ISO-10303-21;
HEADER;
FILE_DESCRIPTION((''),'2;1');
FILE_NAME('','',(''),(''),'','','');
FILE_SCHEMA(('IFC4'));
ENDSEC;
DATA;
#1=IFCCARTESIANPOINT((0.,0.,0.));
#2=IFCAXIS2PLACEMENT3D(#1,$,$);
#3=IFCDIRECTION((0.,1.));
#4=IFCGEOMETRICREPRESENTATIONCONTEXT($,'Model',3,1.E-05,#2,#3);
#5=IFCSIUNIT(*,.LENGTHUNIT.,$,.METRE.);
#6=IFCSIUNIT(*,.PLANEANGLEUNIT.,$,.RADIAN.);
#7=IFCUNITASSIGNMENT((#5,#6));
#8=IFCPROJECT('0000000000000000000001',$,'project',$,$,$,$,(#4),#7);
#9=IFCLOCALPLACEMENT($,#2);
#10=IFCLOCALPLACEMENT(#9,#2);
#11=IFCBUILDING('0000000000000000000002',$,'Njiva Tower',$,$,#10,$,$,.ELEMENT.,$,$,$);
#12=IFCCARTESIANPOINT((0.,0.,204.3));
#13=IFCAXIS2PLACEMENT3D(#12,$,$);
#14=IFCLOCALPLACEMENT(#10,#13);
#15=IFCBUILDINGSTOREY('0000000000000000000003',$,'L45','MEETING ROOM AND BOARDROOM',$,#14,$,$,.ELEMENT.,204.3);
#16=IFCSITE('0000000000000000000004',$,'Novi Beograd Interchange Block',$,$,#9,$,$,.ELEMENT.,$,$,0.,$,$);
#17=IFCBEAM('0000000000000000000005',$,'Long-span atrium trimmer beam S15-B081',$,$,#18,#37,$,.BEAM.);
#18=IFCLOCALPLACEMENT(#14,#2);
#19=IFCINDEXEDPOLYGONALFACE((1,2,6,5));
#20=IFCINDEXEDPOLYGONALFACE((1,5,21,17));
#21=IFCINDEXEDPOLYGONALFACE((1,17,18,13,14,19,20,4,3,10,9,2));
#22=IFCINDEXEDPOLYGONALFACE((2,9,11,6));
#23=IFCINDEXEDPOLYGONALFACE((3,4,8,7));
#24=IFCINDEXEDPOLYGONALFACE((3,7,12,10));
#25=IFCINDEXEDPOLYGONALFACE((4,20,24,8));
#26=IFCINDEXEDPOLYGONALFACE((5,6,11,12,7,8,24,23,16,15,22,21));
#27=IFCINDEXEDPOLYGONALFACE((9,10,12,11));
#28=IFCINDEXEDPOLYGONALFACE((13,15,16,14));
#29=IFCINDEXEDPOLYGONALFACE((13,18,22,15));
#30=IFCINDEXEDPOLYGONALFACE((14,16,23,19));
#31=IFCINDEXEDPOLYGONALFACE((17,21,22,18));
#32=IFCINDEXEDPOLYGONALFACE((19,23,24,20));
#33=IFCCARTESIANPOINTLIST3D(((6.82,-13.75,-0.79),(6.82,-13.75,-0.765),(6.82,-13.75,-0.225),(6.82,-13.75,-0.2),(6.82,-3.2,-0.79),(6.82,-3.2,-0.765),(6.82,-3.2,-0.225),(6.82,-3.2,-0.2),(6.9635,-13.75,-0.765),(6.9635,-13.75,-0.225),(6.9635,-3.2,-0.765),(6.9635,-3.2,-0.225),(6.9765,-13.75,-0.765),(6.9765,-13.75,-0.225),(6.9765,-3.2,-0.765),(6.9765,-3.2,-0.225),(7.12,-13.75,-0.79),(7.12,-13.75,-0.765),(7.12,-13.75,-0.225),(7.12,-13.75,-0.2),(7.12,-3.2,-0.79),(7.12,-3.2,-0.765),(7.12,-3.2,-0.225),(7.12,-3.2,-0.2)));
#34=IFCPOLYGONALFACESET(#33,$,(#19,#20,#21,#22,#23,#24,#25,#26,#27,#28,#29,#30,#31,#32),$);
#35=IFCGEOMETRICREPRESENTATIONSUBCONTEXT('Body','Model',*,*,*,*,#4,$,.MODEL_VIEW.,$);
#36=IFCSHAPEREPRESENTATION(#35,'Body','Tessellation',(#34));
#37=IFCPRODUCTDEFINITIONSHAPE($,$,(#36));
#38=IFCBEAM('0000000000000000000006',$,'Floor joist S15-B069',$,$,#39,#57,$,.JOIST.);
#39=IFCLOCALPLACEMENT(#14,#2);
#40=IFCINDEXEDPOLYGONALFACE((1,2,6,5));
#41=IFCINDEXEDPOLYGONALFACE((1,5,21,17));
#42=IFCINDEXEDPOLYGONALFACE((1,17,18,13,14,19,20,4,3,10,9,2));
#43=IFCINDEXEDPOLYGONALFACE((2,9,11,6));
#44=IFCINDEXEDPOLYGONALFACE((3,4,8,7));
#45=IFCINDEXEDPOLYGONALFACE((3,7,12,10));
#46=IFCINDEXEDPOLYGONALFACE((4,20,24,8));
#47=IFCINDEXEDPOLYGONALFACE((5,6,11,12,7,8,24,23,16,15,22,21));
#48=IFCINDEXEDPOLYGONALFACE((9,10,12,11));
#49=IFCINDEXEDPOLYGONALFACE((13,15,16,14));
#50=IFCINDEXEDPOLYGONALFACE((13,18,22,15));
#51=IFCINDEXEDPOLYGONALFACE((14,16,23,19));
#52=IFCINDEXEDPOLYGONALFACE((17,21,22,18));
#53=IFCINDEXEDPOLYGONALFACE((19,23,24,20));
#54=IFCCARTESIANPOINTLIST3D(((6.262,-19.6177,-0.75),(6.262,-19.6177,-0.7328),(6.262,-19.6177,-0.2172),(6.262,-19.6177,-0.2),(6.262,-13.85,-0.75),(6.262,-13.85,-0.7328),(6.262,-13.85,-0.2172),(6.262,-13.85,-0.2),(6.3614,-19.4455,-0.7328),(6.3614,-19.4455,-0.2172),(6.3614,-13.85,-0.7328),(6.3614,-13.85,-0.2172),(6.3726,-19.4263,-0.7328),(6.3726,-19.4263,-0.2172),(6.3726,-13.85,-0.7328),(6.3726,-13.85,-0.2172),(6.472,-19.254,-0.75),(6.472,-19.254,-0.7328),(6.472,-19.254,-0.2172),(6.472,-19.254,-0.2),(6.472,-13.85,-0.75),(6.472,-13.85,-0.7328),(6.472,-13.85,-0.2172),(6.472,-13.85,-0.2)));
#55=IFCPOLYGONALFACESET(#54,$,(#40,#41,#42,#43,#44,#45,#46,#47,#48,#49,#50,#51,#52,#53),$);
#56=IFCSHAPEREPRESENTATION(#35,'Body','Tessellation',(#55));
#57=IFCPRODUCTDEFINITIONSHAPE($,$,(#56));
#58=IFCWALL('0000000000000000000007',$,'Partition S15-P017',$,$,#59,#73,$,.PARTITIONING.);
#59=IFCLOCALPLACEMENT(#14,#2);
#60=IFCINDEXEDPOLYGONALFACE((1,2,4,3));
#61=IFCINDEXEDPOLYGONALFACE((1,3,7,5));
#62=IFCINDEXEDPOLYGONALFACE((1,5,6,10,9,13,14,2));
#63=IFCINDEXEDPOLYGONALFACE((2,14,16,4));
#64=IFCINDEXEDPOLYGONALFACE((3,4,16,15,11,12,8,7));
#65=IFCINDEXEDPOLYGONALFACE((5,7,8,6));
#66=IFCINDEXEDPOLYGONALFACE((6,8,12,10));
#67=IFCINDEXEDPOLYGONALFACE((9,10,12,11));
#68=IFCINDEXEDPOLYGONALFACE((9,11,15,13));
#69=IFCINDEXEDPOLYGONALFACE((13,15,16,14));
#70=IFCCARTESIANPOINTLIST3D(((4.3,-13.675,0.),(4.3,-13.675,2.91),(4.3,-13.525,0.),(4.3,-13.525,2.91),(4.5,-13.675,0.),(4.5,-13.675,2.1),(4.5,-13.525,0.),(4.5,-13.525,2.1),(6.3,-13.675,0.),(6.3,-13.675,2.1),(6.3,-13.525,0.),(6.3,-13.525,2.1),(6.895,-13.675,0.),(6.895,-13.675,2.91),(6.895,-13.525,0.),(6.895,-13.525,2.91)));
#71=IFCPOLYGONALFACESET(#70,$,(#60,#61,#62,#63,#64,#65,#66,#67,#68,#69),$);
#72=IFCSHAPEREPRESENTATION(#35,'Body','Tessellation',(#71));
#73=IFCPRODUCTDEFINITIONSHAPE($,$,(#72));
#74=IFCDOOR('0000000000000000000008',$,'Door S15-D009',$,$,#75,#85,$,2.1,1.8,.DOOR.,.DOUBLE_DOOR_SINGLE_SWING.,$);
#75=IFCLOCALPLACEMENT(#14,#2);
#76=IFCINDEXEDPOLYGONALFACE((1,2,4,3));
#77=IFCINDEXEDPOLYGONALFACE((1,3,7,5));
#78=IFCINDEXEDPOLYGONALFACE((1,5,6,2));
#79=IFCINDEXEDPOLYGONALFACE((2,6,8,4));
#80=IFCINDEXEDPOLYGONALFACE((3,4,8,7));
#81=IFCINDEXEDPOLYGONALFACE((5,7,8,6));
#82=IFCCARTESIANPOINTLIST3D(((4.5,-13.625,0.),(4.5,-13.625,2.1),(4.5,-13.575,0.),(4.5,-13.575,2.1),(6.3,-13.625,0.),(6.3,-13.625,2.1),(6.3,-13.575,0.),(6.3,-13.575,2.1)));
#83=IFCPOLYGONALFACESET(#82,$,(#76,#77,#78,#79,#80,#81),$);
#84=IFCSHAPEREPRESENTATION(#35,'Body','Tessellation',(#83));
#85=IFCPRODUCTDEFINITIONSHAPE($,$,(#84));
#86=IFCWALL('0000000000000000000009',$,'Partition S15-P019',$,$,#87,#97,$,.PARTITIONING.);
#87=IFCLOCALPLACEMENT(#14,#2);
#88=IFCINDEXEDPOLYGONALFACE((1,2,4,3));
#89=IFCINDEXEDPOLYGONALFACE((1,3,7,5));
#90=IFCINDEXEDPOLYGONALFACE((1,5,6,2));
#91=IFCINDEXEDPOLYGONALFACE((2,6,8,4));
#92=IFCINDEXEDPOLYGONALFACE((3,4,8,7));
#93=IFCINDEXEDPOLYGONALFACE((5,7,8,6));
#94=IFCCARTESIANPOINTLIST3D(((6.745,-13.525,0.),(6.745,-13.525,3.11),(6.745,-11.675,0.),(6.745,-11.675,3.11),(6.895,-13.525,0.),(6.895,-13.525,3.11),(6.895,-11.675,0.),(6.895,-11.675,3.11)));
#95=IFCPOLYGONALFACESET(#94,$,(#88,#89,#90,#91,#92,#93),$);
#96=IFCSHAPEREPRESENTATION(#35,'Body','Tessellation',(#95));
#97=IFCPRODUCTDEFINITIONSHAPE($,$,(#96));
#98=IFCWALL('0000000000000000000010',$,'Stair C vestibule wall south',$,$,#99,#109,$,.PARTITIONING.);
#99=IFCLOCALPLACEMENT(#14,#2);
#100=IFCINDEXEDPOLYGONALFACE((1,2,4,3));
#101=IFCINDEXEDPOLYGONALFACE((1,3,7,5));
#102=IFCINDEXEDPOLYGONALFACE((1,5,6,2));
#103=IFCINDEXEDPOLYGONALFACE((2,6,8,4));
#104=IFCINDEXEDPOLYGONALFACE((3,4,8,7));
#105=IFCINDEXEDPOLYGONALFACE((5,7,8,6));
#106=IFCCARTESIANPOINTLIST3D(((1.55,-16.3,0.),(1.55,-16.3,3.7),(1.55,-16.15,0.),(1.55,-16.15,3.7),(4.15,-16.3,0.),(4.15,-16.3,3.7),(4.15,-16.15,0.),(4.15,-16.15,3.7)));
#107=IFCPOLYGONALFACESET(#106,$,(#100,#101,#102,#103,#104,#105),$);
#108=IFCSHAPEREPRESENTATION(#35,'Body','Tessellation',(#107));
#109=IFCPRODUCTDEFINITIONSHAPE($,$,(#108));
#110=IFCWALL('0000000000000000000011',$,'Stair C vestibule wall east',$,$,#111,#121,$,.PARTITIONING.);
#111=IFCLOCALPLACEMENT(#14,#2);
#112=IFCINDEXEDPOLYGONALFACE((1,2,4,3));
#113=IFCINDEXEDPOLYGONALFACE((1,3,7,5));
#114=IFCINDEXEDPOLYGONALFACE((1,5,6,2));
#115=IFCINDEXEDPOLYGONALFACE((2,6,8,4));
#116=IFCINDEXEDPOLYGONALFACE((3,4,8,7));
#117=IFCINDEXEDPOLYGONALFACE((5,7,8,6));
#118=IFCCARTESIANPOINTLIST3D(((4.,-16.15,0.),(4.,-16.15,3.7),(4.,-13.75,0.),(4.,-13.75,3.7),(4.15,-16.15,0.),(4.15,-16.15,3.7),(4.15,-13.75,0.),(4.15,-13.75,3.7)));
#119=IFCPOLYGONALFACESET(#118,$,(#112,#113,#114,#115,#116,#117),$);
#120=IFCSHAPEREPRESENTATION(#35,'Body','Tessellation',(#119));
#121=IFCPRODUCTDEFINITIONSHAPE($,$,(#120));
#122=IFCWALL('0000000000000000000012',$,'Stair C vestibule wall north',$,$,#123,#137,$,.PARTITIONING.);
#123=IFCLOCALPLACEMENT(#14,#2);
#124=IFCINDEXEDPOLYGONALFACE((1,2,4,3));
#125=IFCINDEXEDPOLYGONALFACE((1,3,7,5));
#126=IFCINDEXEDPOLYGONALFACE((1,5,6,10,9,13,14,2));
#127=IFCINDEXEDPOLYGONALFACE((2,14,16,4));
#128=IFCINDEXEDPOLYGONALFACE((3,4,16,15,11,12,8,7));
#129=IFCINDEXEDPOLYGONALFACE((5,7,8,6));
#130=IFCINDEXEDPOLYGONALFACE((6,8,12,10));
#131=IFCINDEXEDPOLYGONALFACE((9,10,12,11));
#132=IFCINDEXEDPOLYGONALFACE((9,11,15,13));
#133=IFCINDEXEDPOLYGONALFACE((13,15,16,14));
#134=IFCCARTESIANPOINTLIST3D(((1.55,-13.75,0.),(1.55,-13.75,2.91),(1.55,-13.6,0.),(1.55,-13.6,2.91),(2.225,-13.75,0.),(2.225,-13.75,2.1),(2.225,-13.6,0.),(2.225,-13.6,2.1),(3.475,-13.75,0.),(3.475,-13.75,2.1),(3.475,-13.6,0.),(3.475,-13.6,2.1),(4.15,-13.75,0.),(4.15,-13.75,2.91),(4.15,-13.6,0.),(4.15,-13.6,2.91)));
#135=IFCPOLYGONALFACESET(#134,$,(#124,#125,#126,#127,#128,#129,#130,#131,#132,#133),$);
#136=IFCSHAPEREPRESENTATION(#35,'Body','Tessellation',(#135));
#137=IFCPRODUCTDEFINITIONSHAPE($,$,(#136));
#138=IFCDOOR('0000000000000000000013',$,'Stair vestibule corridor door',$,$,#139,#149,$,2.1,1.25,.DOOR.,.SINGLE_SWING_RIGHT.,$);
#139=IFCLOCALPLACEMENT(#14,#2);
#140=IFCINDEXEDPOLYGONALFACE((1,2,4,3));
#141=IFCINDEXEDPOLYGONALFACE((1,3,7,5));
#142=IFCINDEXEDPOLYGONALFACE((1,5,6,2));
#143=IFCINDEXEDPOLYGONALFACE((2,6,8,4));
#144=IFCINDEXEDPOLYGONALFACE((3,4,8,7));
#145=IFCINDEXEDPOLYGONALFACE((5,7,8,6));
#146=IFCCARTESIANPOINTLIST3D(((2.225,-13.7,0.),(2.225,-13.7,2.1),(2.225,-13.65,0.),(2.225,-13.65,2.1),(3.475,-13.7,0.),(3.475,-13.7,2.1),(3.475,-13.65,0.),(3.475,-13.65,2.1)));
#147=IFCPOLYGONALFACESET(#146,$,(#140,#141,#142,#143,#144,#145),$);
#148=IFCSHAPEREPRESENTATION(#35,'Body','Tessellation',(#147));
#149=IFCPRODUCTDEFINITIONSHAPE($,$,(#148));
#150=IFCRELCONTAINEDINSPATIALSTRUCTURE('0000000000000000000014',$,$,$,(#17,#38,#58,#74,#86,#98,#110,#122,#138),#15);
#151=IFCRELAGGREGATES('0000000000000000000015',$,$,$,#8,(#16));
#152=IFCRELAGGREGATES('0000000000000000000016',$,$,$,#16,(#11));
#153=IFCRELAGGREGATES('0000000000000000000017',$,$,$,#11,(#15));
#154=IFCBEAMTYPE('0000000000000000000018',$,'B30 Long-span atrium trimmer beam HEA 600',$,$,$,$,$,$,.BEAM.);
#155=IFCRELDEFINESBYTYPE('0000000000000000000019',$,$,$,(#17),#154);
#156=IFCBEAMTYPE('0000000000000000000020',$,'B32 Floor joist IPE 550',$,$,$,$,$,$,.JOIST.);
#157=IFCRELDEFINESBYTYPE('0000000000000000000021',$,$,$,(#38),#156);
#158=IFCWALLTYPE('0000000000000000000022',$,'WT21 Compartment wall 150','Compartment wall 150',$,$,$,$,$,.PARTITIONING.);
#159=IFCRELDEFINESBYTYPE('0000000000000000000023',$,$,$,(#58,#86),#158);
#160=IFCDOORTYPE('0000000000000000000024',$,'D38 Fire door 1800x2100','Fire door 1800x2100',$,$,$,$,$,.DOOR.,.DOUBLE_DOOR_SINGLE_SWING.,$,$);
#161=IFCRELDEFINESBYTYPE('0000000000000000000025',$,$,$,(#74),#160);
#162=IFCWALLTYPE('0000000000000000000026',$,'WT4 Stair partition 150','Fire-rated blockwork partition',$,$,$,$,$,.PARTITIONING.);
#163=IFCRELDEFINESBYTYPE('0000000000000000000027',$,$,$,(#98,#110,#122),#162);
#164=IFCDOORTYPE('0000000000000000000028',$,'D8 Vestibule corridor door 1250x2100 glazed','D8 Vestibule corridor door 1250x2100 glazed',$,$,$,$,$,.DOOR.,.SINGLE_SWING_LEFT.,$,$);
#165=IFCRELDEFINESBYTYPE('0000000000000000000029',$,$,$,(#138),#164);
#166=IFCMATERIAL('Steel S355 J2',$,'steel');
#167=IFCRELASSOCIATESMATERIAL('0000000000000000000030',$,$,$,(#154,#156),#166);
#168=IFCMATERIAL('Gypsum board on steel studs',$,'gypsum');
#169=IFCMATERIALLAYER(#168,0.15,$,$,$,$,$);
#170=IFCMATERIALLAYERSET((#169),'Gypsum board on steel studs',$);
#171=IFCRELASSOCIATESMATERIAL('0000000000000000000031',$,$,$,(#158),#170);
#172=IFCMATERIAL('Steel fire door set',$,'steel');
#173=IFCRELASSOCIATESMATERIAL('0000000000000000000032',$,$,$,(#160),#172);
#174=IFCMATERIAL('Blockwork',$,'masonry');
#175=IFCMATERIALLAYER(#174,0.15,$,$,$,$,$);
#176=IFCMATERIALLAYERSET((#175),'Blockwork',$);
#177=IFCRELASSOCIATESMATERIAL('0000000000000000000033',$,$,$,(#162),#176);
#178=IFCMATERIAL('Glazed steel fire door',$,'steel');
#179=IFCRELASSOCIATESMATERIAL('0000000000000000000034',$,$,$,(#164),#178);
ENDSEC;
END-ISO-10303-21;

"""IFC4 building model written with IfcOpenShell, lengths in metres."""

from ifc_helpers import new_model, si_unit, direction, frame, frame_2d, origin, origin_2d, place, context, subcontext, project, spatial, rectangle, i_section, extrude, clip, halfspace, material, layer, layer_set, material_profile, profile_set, type_object, element, fill, save


model = new_model("IFC4")

# Units and contexts
model_context = context("Model", 3, precision=1e-05, world=origin(), true_north=direction((0.0, 1.0)))
body_context = subcontext(model_context, "Body", "Model", "MODEL_VIEW")
ifc_project = project(units=[si_unit("LENGTHUNIT", "METRE"), si_unit("PLANEANGLEUNIT", "RADIAN")], contexts=[model_context])

# Site, building, storey
site_placement = place(None, origin())
site = spatial("IfcSite", under=ifc_project, at=site_placement, Name="Novi Beograd Interchange Block", CompositionType="ELEMENT", RefElevation=0.0)
building_placement = place(site_placement, origin())
building = spatial("IfcBuilding", under=site, at=building_placement, Name="Njiva Tower", CompositionType="ELEMENT")
storey_placement = place(building_placement, frame((0.0, 0.0, 204.3)))
storey = spatial("IfcBuildingStorey", under=building, at=storey_placement, Name="L45", Description="MEETING ROOM AND BOARDROOM", CompositionType="ELEMENT", Elevation=204.3)

# Shared definitions
ifc_material_1 = material(Name="Steel S355 J2", Category="steel")

# Beams
ifc_material_profile_1 = material_profile(ifc_material_1, i_section(OverallWidth=0.3, OverallDepth=0.59, WebThickness=0.013, FlangeThickness=0.025, at=origin_2d()), Name="HEA 600")
ifc_profile_set_1 = profile_set([ifc_material_profile_1], Name="Steel S355 J2")
beam_type_1 = type_object("IfcBeamType", Name="B30 Long-span atrium trimmer beam HEA 600", PredefinedType="BEAM", material=ifc_profile_set_1)
beam_1_placement = place(storey_placement, frame((6.97, -13.75, -0.495), z_axis=(0.0, 1.0, 0.0), x_axis=(-1.0, 0.0, 0.0)))
element("IfcBeam", 1, at=beam_1_placement, inside=storey, type_object=beam_type_1, Name="Long-span atrium trimmer beam S15-B081", PredefinedType="BEAM", context=body_context, shape_type="SweptSolid", body=[
    extrude(i_section(OverallWidth=0.3, OverallDepth=0.59, WebThickness=0.013, FlangeThickness=0.025, at=origin_2d()), origin(), (0.0, 0.0, 1.0), 10.55),
])
ifc_material_profile_2 = material_profile(ifc_material_1, i_section(OverallWidth=0.21, OverallDepth=0.55, WebThickness=0.0111, FlangeThickness=0.0172, at=origin_2d()), Name="IPE 550")
ifc_profile_set_2 = profile_set([ifc_material_profile_2], Name="Steel S355 J2")
beam_type_2 = type_object("IfcBeamType", Name="B32 Floor joist IPE 550", PredefinedType="JOIST", material=ifc_profile_set_2)
beam_2_placement = place(storey_placement, frame((6.367, -13.85, -0.475), z_axis=(0.0, -1.0, 0.0), x_axis=(1.0, 0.0, 0.0)))
element("IfcBeam", 2, at=beam_2_placement, inside=storey, type_object=beam_type_2, Name="Floor joist S15-B069", PredefinedType="JOIST", context=body_context, shape_type="Clipping", body=[
    clip(extrude(i_section(OverallWidth=0.21, OverallDepth=0.55, WebThickness=0.0111, FlangeThickness=0.0172, at=origin_2d()), origin(), (0.0, 0.0, 1.0), 5.788), halfspace(frame((0.043, 0.0, 5.5114), z_axis=(0.866027, 0.0, 0.499998), x_axis=(0.0, 1.0, 0.0)), False)),
])

# Wall, opening, door
ifc_material_2 = material(Name="Gypsum board on steel studs", Category="gypsum")
ifc_layer_1 = layer(ifc_material_2, 0.15)
ifc_layer_set_1 = layer_set([ifc_layer_1], Name="Gypsum board on steel studs")
wall_type_1 = type_object("IfcWallType", Name="WT21 Compartment wall 150", Description="Compartment wall 150", PredefinedType="PARTITIONING", material=ifc_layer_set_1)
wall_1_placement = place(storey_placement, frame((4.3, -13.6, 0.0), z_axis=(0.0, 0.0, 1.0), x_axis=(1.0, 0.0, 0.0)))
wall_1 = element("IfcWall", 3, at=wall_1_placement, inside=storey, type_object=wall_type_1, Name="Partition S15-P017", PredefinedType="PARTITIONING", context=body_context, shape_type="SweptSolid", body=[
    extrude(rectangle(XDim=2.595, YDim=0.15, at=frame_2d((1.2975, 0.0))), origin(), (0.0, 0.0, 1.0), 2.91),
])
opening_1_placement = place(wall_1_placement, frame((0.2, 0.0, 0.0)))
opening_1 = element("IfcOpeningElement", 4, at=opening_1_placement, cuts=wall_1, PredefinedType="OPENING", context=body_context, shape_type="SweptSolid", body=[
    extrude(rectangle(XDim=1.8, YDim=2.1, at=frame_2d((0.9, 1.05))), frame((0.0, 0.085, 0.0), z_axis=(0.0, -1.0, 0.0), x_axis=(1.0, 0.0, 0.0)), (0.0, 0.0, 1.0), 0.17),
])
ifc_material_3 = material(Name="Steel fire door set", Category="steel")
door_type_1 = type_object("IfcDoorType", Name="D38 Fire door 1800x2100", Description="Fire door 1800x2100", OperationType="DOUBLE_DOOR_SINGLE_SWING", PredefinedType="DOOR", material=ifc_material_3)
door_1_placement = place(opening_1_placement, origin())
door_1 = element("IfcDoor", 5, at=door_1_placement, inside=storey, type_object=door_type_1, Name="Door S15-D009", OperationType="DOUBLE_DOOR_SINGLE_SWING", OverallHeight=2.1, OverallWidth=1.8, PredefinedType="DOOR", context=body_context, shape_type="SweptSolid", body=[
    extrude(rectangle(XDim=1.8, YDim=2.1, at=frame_2d((0.9, 1.05))), frame((0.0, 0.025, 0.0), z_axis=(0.0, -1.0, 0.0), x_axis=(1.0, 0.0, 0.0)), (0.0, 0.0, 1.0), 0.05),
])
fill(opening_1, door_1)

# Walls
wall_2_placement = place(storey_placement, frame((6.82, -13.525, 0.0), z_axis=(0.0, 0.0, 1.0), x_axis=(0.0, 1.0, 0.0)))
element("IfcWall", 6, at=wall_2_placement, inside=storey, type_object=wall_type_1, Name="Partition S15-P019", PredefinedType="PARTITIONING", context=body_context, shape_type="SweptSolid", body=[
    extrude(rectangle(XDim=1.85, YDim=0.15, at=frame_2d((0.925, 0.0))), origin(), (0.0, 0.0, 1.0), 3.11),
])
ifc_material_4 = material(Name="Blockwork", Category="masonry")
ifc_layer_2 = layer(ifc_material_4, 0.15)
ifc_layer_set_2 = layer_set([ifc_layer_2], Name="Blockwork")
wall_type_2 = type_object("IfcWallType", Name="WT4 Stair partition 150", Description="Fire-rated blockwork partition", PredefinedType="PARTITIONING", material=ifc_layer_set_2)
wall_3_placement = place(storey_placement, frame((1.55, -16.225, 0.0), z_axis=(0.0, 0.0, 1.0), x_axis=(1.0, 0.0, 0.0)))
element("IfcWall", 7, at=wall_3_placement, inside=storey, type_object=wall_type_2, Name="Stair C vestibule wall south", PredefinedType="PARTITIONING", context=body_context, shape_type="SweptSolid", body=[
    extrude(rectangle(XDim=2.6, YDim=0.15, at=frame_2d((1.3, 0.0))), origin(), (0.0, 0.0, 1.0), 3.7),
])
wall_4_placement = place(storey_placement, frame((4.075, -16.15, 0.0), z_axis=(0.0, 0.0, 1.0), x_axis=(0.0, 1.0, 0.0)))
element("IfcWall", 8, at=wall_4_placement, inside=storey, type_object=wall_type_2, Name="Stair C vestibule wall east", PredefinedType="PARTITIONING", context=body_context, shape_type="SweptSolid", body=[
    extrude(rectangle(XDim=2.4, YDim=0.15, at=frame_2d((1.2, 0.0))), origin(), (0.0, 0.0, 1.0), 3.7),
])

# Wall, opening, door
wall_5_placement = place(storey_placement, frame((1.55, -13.675, 0.0), z_axis=(0.0, 0.0, 1.0), x_axis=(1.0, 0.0, 0.0)))
wall_5 = element("IfcWall", 9, at=wall_5_placement, inside=storey, type_object=wall_type_2, Name="Stair C vestibule wall north", PredefinedType="PARTITIONING", context=body_context, shape_type="SweptSolid", body=[
    extrude(rectangle(XDim=2.6, YDim=0.15, at=frame_2d((1.3, 0.0))), origin(), (0.0, 0.0, 1.0), 2.91),
])
opening_2_placement = place(wall_5_placement, frame((0.675, 0.0, 0.0)))
opening_2 = element("IfcOpeningElement", 10, at=opening_2_placement, cuts=wall_5, PredefinedType="OPENING", context=body_context, shape_type="SweptSolid", body=[
    extrude(rectangle(XDim=1.25, YDim=2.1, at=frame_2d((0.625, 1.05))), frame((0.0, 0.085, 0.0), z_axis=(0.0, -1.0, 0.0), x_axis=(1.0, 0.0, 0.0)), (0.0, 0.0, 1.0), 0.17),
])
ifc_material_5 = material(Name="Glazed steel fire door", Category="steel")
door_type_2 = type_object("IfcDoorType", Name="D8 Vestibule corridor door 1250x2100 glazed", Description="D8 Vestibule corridor door 1250x2100 glazed", OperationType="SINGLE_SWING_LEFT", PredefinedType="DOOR", material=ifc_material_5)
door_2_placement = place(opening_2_placement, origin())
door_2 = element("IfcDoor", 11, at=door_2_placement, inside=storey, type_object=door_type_2, Name="Stair vestibule corridor door", OperationType="SINGLE_SWING_RIGHT", OverallHeight=2.1, OverallWidth=1.25, PredefinedType="DOOR", context=body_context, shape_type="SweptSolid", body=[
    extrude(rectangle(XDim=1.25, YDim=2.1, at=frame_2d((0.625, 1.05))), frame((0.0, 0.025, 0.0), z_axis=(0.0, -1.0, 0.0), x_axis=(1.0, 0.0, 0.0)), (0.0, 0.0, 1.0), 0.05),
])
fill(opening_2, door_2)

save(model, "model.ifc")
